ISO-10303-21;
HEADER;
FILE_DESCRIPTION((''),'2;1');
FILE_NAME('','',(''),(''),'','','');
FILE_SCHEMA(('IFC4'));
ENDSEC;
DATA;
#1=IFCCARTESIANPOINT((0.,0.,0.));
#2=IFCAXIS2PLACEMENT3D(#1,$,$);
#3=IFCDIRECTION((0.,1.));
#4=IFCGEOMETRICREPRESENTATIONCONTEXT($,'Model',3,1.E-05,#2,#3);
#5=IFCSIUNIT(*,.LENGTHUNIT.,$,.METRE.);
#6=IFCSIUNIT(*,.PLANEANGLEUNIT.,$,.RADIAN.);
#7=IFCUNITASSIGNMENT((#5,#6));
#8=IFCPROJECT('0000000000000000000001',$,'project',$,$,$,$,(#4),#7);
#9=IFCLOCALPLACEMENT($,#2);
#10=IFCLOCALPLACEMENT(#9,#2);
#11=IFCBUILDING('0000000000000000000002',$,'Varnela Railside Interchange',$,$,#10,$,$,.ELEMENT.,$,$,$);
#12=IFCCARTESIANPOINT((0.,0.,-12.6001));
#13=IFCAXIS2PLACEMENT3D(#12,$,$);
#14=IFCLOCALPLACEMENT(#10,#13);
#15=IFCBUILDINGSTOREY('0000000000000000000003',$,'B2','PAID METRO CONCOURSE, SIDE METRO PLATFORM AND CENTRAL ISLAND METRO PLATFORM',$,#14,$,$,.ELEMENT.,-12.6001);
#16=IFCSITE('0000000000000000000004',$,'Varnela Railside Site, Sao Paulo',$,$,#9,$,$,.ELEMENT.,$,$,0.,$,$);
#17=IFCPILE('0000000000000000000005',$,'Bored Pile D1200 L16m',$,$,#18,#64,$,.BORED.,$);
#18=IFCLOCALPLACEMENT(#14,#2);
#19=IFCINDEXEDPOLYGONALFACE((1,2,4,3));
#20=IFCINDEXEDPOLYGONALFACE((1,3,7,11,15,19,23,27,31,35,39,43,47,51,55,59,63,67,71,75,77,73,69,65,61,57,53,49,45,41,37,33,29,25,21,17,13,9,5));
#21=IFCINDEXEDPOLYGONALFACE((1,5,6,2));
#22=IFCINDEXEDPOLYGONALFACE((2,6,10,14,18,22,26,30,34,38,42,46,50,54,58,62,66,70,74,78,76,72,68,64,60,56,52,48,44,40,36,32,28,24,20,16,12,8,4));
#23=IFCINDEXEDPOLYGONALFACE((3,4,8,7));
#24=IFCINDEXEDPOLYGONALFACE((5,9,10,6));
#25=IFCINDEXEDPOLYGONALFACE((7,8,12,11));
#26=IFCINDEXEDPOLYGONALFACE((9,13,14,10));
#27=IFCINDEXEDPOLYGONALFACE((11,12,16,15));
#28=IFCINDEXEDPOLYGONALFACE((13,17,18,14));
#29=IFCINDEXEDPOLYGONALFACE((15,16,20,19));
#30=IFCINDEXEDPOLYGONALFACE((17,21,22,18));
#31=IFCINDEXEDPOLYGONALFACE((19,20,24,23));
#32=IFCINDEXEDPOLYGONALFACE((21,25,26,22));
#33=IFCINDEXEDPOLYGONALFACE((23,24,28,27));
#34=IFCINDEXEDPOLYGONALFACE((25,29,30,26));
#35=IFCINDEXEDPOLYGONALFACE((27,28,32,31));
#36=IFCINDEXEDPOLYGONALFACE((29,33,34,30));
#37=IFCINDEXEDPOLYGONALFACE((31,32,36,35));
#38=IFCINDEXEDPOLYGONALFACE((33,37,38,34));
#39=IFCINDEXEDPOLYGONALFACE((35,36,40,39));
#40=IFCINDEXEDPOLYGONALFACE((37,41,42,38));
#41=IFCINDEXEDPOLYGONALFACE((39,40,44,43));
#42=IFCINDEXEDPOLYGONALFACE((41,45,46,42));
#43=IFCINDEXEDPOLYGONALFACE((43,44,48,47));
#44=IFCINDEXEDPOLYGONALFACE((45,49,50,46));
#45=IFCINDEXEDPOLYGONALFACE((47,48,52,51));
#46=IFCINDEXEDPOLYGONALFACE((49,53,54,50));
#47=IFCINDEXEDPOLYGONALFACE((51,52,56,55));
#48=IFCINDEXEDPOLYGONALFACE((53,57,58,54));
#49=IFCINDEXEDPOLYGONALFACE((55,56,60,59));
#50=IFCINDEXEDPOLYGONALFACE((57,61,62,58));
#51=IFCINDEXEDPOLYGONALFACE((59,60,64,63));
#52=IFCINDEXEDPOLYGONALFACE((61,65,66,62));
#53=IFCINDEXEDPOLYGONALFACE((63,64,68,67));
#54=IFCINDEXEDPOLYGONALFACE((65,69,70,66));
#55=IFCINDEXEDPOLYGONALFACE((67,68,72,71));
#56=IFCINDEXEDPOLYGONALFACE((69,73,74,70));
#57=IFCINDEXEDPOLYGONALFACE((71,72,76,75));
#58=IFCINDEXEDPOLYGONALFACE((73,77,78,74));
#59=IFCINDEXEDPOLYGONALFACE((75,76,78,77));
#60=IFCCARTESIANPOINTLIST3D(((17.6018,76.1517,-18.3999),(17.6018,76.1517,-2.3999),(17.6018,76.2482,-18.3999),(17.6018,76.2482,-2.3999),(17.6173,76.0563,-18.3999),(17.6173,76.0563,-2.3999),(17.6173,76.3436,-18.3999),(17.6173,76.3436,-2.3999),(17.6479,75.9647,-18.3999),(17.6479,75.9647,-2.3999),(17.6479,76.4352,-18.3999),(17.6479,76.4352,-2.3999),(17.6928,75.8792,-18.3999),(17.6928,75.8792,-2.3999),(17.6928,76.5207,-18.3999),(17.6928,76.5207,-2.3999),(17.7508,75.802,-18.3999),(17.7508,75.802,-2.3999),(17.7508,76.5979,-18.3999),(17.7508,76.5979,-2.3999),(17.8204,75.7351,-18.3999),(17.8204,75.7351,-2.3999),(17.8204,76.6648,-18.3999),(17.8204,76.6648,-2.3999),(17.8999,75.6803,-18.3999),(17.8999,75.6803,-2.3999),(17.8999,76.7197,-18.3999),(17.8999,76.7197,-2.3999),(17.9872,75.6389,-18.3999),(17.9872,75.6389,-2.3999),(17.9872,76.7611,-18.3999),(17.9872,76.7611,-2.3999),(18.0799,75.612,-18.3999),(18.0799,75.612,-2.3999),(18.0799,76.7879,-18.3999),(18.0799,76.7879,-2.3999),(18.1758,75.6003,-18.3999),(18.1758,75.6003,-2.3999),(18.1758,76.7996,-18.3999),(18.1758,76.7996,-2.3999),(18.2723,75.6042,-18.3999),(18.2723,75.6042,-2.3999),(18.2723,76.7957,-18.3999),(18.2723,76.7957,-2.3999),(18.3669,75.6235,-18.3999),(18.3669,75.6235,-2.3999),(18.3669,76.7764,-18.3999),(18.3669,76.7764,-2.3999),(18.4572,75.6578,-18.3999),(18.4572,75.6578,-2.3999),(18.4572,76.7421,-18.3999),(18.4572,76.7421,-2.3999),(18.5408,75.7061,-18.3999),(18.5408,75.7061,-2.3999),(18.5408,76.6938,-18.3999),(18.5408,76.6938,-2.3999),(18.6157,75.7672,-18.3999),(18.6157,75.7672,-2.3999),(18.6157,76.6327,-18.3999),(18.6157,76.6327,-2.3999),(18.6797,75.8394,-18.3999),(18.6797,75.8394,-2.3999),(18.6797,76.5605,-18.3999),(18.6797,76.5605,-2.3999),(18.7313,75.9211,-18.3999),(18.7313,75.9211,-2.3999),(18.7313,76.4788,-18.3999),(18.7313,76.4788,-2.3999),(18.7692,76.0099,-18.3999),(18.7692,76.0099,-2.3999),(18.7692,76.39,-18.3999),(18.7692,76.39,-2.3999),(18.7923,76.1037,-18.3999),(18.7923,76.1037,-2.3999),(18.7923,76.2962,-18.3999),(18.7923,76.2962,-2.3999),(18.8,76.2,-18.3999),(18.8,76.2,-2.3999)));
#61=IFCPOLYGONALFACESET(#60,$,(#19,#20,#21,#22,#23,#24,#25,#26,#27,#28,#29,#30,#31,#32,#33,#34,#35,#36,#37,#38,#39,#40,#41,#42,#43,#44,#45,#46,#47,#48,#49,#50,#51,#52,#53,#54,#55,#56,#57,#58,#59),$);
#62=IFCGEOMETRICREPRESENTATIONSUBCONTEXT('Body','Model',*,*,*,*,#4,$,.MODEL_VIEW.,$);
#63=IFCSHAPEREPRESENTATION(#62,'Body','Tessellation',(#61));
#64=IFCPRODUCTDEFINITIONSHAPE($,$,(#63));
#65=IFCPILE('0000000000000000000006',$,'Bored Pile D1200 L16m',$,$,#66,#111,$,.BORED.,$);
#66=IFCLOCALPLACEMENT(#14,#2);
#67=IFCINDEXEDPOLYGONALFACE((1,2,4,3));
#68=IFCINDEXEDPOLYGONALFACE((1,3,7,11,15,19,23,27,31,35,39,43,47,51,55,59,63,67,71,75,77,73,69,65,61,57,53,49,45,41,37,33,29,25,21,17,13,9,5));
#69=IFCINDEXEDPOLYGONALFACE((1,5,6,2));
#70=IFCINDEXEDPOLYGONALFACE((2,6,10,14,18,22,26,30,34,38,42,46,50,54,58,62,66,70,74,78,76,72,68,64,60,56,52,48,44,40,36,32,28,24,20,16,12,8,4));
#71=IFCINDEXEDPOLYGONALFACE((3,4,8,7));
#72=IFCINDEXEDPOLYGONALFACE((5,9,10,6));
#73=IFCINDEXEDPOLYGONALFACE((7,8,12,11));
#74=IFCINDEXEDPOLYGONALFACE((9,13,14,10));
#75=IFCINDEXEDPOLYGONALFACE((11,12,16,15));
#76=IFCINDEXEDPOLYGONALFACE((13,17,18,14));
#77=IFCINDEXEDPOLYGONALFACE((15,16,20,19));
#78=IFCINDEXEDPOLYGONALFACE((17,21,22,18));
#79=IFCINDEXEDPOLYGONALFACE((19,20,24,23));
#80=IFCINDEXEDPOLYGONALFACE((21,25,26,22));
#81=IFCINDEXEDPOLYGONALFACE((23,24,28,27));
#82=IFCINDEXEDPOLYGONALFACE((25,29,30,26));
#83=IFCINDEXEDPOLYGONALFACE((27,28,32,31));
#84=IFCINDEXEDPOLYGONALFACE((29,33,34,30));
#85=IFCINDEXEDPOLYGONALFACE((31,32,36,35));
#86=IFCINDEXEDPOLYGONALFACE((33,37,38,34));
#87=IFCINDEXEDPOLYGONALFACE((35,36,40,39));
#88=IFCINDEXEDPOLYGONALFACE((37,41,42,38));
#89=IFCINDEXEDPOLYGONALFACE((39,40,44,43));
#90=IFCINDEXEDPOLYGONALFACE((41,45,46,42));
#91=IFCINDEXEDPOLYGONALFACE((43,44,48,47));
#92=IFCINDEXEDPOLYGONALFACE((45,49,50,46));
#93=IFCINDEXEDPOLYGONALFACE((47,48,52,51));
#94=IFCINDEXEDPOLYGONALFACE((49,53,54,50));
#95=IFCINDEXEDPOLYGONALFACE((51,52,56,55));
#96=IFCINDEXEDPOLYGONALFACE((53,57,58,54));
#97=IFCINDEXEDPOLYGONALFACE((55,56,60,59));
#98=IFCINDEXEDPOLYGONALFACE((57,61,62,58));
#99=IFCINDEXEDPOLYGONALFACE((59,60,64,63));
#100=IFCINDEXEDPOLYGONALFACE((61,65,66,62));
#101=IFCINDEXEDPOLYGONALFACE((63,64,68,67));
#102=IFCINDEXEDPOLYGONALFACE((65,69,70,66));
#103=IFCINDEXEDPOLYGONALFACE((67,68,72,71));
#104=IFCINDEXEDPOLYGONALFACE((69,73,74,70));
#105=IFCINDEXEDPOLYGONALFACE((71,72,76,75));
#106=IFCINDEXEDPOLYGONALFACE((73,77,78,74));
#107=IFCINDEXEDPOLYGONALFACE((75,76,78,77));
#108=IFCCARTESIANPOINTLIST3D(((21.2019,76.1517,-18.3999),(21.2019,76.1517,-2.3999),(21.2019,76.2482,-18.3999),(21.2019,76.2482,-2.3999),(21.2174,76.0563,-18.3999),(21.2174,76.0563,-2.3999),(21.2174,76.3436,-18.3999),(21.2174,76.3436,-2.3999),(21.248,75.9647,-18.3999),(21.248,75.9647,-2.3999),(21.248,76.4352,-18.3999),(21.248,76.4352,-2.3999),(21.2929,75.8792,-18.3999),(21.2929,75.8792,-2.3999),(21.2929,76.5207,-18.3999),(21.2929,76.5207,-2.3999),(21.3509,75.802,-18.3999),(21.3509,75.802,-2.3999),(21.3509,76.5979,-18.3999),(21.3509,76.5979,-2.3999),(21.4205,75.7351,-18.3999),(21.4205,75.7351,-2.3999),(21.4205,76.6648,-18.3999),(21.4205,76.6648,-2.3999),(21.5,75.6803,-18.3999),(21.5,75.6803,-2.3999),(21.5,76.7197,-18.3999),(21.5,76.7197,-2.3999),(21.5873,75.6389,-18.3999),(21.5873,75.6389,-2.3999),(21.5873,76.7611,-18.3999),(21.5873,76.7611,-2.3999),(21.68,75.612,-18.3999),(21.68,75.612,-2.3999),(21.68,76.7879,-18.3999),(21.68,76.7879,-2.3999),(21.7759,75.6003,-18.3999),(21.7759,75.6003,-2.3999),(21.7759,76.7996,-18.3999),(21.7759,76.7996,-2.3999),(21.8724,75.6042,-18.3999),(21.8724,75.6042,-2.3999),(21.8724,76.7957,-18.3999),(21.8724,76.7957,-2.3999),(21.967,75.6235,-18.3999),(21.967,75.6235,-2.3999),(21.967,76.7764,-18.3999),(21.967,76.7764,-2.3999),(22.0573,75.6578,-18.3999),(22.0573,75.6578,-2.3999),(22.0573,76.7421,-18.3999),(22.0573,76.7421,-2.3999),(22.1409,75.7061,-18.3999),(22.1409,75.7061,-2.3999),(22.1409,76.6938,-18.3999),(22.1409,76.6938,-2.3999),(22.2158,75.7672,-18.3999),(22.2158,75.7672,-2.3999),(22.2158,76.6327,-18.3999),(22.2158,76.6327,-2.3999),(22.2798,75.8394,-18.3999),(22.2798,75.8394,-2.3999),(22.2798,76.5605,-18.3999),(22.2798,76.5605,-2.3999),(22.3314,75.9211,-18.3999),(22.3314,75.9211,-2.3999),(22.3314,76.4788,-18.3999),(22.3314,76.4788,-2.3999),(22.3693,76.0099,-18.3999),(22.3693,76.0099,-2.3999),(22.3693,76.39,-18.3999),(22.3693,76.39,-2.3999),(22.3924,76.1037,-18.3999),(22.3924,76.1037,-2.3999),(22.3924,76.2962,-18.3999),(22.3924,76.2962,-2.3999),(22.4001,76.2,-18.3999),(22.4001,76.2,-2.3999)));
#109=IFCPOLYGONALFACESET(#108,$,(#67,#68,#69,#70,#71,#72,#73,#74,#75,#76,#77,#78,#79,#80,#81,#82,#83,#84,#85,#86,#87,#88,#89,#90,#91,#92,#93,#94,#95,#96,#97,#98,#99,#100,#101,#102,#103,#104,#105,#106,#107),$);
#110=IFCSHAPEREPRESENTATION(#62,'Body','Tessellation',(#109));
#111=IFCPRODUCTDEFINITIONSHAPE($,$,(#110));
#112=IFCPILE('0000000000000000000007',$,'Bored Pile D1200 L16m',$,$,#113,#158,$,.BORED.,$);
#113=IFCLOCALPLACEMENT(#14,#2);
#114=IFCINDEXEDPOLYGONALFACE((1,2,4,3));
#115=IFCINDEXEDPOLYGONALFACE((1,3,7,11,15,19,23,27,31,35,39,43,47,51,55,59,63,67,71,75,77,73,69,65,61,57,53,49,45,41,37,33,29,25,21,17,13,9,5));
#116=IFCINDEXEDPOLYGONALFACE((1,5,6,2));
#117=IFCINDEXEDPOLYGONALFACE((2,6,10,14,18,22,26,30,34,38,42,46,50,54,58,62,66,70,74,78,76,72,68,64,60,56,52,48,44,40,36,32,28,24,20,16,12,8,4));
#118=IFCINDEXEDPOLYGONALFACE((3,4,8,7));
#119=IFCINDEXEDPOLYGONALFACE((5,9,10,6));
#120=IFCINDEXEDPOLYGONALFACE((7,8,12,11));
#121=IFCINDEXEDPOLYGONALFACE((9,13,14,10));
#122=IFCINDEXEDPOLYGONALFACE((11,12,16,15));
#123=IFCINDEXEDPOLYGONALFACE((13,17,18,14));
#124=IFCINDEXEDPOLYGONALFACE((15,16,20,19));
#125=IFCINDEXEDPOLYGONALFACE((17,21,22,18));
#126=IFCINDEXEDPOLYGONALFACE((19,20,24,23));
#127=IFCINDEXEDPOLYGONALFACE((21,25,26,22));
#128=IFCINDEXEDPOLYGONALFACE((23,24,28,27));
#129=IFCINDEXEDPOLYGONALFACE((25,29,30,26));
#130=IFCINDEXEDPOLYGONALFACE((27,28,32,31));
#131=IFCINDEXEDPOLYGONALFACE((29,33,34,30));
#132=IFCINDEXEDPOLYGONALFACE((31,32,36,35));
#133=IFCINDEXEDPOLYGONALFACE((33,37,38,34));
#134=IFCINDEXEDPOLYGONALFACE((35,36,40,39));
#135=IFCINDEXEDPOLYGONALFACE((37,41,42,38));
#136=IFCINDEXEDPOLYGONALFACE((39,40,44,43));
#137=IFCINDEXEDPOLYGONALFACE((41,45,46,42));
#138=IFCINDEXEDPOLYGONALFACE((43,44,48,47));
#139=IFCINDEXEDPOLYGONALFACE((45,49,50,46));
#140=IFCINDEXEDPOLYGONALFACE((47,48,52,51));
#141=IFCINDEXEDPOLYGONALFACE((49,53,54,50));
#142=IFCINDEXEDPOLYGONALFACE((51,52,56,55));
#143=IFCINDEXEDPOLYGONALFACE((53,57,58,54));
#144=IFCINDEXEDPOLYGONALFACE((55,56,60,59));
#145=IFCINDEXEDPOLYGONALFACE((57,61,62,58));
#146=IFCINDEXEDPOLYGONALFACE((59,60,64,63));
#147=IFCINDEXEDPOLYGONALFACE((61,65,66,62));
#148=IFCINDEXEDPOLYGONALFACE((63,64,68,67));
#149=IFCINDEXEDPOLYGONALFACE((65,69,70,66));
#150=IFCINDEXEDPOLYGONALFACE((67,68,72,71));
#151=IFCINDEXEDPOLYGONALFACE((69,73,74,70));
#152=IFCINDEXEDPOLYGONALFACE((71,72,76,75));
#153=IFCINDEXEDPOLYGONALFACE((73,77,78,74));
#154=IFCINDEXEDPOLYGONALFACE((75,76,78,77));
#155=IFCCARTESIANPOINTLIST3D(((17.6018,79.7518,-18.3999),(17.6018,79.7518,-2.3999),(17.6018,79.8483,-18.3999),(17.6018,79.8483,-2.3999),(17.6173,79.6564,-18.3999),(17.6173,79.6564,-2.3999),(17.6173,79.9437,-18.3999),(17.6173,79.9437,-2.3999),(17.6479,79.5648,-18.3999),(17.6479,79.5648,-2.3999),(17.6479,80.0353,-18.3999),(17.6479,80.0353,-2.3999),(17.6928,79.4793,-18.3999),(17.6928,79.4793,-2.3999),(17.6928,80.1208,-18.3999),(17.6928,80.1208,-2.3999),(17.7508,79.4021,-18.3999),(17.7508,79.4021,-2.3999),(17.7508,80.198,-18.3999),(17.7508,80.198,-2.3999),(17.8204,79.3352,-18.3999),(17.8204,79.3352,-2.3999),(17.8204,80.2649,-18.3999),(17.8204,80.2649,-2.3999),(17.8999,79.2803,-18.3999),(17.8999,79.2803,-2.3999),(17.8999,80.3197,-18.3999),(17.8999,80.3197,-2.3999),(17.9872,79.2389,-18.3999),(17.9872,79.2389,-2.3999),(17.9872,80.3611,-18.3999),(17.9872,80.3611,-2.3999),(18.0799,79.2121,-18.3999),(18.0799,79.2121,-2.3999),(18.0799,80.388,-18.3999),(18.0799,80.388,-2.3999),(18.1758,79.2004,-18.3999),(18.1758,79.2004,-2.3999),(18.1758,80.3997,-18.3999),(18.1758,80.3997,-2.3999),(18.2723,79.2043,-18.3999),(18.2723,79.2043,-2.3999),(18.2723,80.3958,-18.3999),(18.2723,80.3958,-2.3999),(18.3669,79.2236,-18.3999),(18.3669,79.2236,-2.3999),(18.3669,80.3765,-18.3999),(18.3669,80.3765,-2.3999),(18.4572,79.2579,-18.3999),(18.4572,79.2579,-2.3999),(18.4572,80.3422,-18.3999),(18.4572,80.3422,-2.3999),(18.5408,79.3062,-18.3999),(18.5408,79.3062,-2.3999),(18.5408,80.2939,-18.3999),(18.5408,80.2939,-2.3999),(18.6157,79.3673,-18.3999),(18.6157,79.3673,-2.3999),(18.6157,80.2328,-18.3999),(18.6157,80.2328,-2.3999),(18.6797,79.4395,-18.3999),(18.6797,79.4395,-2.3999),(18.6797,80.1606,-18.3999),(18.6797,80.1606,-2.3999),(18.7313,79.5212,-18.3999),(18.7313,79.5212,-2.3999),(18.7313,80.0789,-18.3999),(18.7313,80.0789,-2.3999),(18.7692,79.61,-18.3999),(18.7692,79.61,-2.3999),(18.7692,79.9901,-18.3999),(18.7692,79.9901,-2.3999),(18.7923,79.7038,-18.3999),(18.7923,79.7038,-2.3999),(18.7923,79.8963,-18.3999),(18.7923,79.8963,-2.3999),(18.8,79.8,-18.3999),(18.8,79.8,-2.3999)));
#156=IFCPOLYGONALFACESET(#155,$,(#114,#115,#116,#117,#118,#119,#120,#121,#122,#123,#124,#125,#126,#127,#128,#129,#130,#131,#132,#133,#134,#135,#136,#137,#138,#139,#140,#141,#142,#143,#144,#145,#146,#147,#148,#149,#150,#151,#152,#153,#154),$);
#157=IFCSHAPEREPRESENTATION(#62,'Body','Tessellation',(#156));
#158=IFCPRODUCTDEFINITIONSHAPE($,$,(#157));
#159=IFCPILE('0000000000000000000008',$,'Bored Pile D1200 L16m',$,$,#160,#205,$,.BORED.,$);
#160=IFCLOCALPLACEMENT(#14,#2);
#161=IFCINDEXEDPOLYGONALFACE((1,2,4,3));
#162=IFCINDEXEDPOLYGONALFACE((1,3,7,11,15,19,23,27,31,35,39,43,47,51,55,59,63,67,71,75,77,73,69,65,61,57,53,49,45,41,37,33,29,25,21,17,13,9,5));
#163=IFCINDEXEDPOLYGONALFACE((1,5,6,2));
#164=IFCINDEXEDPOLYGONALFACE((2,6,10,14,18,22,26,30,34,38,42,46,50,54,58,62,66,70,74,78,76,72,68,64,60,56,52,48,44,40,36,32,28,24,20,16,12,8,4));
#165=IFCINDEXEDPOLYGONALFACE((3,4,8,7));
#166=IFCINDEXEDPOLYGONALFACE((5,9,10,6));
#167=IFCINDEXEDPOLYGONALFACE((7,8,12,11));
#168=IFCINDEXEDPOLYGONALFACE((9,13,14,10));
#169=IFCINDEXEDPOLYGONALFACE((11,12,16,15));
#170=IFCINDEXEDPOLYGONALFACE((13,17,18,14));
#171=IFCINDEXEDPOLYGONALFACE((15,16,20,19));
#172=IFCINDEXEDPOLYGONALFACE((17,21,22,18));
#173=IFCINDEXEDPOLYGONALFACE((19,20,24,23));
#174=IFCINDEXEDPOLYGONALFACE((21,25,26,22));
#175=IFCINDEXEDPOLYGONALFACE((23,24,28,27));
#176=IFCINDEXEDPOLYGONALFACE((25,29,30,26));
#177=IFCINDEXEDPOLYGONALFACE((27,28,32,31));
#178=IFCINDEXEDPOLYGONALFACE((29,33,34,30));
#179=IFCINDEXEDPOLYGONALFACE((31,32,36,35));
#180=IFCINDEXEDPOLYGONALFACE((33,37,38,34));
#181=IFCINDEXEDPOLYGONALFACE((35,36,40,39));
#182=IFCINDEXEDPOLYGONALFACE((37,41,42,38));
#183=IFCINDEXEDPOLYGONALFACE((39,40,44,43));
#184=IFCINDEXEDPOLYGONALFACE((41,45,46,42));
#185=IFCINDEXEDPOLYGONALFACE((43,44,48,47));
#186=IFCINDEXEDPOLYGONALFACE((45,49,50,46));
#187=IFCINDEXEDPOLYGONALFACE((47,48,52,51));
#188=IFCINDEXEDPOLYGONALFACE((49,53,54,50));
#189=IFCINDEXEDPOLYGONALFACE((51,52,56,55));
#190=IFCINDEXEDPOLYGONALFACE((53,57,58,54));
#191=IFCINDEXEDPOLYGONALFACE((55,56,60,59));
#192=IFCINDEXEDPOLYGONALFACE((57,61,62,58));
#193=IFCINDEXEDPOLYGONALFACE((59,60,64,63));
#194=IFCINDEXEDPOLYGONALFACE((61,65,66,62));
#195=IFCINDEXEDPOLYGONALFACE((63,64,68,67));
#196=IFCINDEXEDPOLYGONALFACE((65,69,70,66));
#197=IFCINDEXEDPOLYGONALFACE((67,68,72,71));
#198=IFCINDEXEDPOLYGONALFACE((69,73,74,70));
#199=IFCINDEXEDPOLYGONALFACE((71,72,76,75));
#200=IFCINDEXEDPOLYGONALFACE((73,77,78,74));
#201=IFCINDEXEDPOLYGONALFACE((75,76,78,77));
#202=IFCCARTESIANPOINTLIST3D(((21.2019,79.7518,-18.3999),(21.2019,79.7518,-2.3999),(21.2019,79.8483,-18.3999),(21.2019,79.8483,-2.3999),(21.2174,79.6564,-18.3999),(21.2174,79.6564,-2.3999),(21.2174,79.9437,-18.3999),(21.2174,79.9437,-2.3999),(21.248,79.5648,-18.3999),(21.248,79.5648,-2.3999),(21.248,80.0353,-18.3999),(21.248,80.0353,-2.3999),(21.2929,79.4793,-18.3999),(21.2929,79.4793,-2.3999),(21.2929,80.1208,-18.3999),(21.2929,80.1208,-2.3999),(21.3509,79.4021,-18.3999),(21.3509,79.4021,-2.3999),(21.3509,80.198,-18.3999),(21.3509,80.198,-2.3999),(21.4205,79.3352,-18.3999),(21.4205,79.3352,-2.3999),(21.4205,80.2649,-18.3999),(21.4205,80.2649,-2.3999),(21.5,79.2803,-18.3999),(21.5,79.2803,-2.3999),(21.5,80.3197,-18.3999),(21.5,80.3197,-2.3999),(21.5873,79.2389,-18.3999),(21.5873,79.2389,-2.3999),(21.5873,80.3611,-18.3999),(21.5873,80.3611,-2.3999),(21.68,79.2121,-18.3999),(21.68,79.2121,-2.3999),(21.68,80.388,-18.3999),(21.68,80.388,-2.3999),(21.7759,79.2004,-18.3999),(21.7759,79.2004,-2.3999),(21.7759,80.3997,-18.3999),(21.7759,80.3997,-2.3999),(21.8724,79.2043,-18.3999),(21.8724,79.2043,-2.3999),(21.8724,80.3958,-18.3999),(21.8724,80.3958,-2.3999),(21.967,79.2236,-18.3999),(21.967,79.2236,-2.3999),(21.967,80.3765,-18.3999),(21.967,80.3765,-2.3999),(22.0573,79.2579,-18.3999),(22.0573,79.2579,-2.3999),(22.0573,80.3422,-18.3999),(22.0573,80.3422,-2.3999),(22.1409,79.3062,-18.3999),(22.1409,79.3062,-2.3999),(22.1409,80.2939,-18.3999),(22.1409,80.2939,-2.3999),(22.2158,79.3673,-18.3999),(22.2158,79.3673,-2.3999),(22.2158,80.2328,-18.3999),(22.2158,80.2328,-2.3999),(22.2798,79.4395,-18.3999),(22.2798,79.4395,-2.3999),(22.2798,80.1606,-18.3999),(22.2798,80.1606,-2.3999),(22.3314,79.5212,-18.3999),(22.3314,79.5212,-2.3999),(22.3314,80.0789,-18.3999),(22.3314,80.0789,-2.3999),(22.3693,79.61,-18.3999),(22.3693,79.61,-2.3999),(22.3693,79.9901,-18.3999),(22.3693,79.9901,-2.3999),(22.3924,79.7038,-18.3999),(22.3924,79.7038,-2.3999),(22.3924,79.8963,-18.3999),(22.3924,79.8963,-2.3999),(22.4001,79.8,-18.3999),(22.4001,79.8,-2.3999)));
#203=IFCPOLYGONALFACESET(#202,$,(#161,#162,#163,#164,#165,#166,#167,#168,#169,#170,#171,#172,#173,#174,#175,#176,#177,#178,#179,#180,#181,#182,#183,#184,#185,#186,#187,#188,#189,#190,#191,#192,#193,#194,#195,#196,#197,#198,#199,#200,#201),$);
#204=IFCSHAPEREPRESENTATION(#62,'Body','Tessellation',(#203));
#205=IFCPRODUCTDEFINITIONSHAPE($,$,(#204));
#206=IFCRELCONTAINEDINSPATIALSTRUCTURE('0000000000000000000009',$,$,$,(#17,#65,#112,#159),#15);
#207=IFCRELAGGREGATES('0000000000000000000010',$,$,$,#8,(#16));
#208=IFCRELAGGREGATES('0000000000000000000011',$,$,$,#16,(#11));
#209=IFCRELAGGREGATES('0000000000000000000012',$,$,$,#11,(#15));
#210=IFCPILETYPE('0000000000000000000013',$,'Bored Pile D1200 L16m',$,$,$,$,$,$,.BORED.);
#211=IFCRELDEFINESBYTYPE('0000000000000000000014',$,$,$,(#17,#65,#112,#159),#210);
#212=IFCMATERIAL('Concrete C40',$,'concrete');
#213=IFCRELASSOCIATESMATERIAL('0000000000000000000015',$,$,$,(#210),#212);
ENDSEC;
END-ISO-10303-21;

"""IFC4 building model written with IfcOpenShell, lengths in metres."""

from ifc_helpers import new_model, si_unit, direction, frame, origin, origin_2d, place, context, subcontext, project, spatial, circle, extrude, material, material_profile, profile_set, type_object, element, save


model = new_model("IFC4")

# Units and contexts
model_context = context("Model", 3, precision=1e-05, world=origin(), true_north=direction((0.0, 1.0)))
body_context = subcontext(model_context, "Body", "Model", "MODEL_VIEW")
ifc_project = project(units=[si_unit("LENGTHUNIT", "METRE"), si_unit("PLANEANGLEUNIT", "RADIAN")], contexts=[model_context])

# Site, building, storey
site_placement = place(None, origin())
site = spatial("IfcSite", under=ifc_project, at=site_placement, Name="Varnela Railside Site, Sao Paulo", CompositionType="ELEMENT", RefElevation=0.0)
building_placement = place(site_placement, origin())
building = spatial("IfcBuilding", under=site, at=building_placement, Name="Varnela Railside Interchange", CompositionType="ELEMENT")
storey_placement = place(building_placement, frame((0.0, 0.0, -12.6001)))
storey = spatial("IfcBuildingStorey", under=building, at=storey_placement, Name="B2", Description="PAID METRO CONCOURSE, SIDE METRO PLATFORM AND CENTRAL ISLAND METRO PLATFORM", CompositionType="ELEMENT", Elevation=-12.6001)

# Piles
ifc_material_1 = material(Name="Concrete C40", Category="concrete")
ifc_material_profile_1 = material_profile(ifc_material_1, circle(Radius=0.6001, at=origin_2d()), Name="BORED PILE D1200")
ifc_profile_set_1 = profile_set([ifc_material_profile_1], Name="Concrete C40")
pile_type = type_object("IfcPileType", Name="Bored Pile D1200 L16m", PredefinedType="BORED", material=ifc_profile_set_1)
for number, where, z_axis, x_axis, name in (
    (1, (18.2, 76.2, -2.3999), (0.0, 0.0, -1.0), (1.0, 0.0, 0.0), "Bored Pile D1200 L16m"),
    (2, (21.8, 76.2, -2.3999), (0.0, 0.0, -1.0), (1.0, 0.0, 0.0), "Bored Pile D1200 L16m"),
    (3, (18.2, 79.8, -2.3999), (0.0, 0.0, -1.0), (1.0, 0.0, 0.0), "Bored Pile D1200 L16m"),
    (4, (21.8, 79.8, -2.3999), (0.0, 0.0, -1.0), (1.0, 0.0, 0.0), "Bored Pile D1200 L16m"),
):
    element("IfcPile", number, at=place(storey_placement, frame(where, z_axis=z_axis, x_axis=x_axis)), inside=storey, type_object=pile_type, Name=name, PredefinedType="BORED", context=body_context, shape_type="SweptSolid", body=[
        extrude(circle(Radius=0.6001, at=origin_2d()), origin(), (0.0, 0.0, 1.0), 16.0),
    ])

save(model, "model.ifc")
